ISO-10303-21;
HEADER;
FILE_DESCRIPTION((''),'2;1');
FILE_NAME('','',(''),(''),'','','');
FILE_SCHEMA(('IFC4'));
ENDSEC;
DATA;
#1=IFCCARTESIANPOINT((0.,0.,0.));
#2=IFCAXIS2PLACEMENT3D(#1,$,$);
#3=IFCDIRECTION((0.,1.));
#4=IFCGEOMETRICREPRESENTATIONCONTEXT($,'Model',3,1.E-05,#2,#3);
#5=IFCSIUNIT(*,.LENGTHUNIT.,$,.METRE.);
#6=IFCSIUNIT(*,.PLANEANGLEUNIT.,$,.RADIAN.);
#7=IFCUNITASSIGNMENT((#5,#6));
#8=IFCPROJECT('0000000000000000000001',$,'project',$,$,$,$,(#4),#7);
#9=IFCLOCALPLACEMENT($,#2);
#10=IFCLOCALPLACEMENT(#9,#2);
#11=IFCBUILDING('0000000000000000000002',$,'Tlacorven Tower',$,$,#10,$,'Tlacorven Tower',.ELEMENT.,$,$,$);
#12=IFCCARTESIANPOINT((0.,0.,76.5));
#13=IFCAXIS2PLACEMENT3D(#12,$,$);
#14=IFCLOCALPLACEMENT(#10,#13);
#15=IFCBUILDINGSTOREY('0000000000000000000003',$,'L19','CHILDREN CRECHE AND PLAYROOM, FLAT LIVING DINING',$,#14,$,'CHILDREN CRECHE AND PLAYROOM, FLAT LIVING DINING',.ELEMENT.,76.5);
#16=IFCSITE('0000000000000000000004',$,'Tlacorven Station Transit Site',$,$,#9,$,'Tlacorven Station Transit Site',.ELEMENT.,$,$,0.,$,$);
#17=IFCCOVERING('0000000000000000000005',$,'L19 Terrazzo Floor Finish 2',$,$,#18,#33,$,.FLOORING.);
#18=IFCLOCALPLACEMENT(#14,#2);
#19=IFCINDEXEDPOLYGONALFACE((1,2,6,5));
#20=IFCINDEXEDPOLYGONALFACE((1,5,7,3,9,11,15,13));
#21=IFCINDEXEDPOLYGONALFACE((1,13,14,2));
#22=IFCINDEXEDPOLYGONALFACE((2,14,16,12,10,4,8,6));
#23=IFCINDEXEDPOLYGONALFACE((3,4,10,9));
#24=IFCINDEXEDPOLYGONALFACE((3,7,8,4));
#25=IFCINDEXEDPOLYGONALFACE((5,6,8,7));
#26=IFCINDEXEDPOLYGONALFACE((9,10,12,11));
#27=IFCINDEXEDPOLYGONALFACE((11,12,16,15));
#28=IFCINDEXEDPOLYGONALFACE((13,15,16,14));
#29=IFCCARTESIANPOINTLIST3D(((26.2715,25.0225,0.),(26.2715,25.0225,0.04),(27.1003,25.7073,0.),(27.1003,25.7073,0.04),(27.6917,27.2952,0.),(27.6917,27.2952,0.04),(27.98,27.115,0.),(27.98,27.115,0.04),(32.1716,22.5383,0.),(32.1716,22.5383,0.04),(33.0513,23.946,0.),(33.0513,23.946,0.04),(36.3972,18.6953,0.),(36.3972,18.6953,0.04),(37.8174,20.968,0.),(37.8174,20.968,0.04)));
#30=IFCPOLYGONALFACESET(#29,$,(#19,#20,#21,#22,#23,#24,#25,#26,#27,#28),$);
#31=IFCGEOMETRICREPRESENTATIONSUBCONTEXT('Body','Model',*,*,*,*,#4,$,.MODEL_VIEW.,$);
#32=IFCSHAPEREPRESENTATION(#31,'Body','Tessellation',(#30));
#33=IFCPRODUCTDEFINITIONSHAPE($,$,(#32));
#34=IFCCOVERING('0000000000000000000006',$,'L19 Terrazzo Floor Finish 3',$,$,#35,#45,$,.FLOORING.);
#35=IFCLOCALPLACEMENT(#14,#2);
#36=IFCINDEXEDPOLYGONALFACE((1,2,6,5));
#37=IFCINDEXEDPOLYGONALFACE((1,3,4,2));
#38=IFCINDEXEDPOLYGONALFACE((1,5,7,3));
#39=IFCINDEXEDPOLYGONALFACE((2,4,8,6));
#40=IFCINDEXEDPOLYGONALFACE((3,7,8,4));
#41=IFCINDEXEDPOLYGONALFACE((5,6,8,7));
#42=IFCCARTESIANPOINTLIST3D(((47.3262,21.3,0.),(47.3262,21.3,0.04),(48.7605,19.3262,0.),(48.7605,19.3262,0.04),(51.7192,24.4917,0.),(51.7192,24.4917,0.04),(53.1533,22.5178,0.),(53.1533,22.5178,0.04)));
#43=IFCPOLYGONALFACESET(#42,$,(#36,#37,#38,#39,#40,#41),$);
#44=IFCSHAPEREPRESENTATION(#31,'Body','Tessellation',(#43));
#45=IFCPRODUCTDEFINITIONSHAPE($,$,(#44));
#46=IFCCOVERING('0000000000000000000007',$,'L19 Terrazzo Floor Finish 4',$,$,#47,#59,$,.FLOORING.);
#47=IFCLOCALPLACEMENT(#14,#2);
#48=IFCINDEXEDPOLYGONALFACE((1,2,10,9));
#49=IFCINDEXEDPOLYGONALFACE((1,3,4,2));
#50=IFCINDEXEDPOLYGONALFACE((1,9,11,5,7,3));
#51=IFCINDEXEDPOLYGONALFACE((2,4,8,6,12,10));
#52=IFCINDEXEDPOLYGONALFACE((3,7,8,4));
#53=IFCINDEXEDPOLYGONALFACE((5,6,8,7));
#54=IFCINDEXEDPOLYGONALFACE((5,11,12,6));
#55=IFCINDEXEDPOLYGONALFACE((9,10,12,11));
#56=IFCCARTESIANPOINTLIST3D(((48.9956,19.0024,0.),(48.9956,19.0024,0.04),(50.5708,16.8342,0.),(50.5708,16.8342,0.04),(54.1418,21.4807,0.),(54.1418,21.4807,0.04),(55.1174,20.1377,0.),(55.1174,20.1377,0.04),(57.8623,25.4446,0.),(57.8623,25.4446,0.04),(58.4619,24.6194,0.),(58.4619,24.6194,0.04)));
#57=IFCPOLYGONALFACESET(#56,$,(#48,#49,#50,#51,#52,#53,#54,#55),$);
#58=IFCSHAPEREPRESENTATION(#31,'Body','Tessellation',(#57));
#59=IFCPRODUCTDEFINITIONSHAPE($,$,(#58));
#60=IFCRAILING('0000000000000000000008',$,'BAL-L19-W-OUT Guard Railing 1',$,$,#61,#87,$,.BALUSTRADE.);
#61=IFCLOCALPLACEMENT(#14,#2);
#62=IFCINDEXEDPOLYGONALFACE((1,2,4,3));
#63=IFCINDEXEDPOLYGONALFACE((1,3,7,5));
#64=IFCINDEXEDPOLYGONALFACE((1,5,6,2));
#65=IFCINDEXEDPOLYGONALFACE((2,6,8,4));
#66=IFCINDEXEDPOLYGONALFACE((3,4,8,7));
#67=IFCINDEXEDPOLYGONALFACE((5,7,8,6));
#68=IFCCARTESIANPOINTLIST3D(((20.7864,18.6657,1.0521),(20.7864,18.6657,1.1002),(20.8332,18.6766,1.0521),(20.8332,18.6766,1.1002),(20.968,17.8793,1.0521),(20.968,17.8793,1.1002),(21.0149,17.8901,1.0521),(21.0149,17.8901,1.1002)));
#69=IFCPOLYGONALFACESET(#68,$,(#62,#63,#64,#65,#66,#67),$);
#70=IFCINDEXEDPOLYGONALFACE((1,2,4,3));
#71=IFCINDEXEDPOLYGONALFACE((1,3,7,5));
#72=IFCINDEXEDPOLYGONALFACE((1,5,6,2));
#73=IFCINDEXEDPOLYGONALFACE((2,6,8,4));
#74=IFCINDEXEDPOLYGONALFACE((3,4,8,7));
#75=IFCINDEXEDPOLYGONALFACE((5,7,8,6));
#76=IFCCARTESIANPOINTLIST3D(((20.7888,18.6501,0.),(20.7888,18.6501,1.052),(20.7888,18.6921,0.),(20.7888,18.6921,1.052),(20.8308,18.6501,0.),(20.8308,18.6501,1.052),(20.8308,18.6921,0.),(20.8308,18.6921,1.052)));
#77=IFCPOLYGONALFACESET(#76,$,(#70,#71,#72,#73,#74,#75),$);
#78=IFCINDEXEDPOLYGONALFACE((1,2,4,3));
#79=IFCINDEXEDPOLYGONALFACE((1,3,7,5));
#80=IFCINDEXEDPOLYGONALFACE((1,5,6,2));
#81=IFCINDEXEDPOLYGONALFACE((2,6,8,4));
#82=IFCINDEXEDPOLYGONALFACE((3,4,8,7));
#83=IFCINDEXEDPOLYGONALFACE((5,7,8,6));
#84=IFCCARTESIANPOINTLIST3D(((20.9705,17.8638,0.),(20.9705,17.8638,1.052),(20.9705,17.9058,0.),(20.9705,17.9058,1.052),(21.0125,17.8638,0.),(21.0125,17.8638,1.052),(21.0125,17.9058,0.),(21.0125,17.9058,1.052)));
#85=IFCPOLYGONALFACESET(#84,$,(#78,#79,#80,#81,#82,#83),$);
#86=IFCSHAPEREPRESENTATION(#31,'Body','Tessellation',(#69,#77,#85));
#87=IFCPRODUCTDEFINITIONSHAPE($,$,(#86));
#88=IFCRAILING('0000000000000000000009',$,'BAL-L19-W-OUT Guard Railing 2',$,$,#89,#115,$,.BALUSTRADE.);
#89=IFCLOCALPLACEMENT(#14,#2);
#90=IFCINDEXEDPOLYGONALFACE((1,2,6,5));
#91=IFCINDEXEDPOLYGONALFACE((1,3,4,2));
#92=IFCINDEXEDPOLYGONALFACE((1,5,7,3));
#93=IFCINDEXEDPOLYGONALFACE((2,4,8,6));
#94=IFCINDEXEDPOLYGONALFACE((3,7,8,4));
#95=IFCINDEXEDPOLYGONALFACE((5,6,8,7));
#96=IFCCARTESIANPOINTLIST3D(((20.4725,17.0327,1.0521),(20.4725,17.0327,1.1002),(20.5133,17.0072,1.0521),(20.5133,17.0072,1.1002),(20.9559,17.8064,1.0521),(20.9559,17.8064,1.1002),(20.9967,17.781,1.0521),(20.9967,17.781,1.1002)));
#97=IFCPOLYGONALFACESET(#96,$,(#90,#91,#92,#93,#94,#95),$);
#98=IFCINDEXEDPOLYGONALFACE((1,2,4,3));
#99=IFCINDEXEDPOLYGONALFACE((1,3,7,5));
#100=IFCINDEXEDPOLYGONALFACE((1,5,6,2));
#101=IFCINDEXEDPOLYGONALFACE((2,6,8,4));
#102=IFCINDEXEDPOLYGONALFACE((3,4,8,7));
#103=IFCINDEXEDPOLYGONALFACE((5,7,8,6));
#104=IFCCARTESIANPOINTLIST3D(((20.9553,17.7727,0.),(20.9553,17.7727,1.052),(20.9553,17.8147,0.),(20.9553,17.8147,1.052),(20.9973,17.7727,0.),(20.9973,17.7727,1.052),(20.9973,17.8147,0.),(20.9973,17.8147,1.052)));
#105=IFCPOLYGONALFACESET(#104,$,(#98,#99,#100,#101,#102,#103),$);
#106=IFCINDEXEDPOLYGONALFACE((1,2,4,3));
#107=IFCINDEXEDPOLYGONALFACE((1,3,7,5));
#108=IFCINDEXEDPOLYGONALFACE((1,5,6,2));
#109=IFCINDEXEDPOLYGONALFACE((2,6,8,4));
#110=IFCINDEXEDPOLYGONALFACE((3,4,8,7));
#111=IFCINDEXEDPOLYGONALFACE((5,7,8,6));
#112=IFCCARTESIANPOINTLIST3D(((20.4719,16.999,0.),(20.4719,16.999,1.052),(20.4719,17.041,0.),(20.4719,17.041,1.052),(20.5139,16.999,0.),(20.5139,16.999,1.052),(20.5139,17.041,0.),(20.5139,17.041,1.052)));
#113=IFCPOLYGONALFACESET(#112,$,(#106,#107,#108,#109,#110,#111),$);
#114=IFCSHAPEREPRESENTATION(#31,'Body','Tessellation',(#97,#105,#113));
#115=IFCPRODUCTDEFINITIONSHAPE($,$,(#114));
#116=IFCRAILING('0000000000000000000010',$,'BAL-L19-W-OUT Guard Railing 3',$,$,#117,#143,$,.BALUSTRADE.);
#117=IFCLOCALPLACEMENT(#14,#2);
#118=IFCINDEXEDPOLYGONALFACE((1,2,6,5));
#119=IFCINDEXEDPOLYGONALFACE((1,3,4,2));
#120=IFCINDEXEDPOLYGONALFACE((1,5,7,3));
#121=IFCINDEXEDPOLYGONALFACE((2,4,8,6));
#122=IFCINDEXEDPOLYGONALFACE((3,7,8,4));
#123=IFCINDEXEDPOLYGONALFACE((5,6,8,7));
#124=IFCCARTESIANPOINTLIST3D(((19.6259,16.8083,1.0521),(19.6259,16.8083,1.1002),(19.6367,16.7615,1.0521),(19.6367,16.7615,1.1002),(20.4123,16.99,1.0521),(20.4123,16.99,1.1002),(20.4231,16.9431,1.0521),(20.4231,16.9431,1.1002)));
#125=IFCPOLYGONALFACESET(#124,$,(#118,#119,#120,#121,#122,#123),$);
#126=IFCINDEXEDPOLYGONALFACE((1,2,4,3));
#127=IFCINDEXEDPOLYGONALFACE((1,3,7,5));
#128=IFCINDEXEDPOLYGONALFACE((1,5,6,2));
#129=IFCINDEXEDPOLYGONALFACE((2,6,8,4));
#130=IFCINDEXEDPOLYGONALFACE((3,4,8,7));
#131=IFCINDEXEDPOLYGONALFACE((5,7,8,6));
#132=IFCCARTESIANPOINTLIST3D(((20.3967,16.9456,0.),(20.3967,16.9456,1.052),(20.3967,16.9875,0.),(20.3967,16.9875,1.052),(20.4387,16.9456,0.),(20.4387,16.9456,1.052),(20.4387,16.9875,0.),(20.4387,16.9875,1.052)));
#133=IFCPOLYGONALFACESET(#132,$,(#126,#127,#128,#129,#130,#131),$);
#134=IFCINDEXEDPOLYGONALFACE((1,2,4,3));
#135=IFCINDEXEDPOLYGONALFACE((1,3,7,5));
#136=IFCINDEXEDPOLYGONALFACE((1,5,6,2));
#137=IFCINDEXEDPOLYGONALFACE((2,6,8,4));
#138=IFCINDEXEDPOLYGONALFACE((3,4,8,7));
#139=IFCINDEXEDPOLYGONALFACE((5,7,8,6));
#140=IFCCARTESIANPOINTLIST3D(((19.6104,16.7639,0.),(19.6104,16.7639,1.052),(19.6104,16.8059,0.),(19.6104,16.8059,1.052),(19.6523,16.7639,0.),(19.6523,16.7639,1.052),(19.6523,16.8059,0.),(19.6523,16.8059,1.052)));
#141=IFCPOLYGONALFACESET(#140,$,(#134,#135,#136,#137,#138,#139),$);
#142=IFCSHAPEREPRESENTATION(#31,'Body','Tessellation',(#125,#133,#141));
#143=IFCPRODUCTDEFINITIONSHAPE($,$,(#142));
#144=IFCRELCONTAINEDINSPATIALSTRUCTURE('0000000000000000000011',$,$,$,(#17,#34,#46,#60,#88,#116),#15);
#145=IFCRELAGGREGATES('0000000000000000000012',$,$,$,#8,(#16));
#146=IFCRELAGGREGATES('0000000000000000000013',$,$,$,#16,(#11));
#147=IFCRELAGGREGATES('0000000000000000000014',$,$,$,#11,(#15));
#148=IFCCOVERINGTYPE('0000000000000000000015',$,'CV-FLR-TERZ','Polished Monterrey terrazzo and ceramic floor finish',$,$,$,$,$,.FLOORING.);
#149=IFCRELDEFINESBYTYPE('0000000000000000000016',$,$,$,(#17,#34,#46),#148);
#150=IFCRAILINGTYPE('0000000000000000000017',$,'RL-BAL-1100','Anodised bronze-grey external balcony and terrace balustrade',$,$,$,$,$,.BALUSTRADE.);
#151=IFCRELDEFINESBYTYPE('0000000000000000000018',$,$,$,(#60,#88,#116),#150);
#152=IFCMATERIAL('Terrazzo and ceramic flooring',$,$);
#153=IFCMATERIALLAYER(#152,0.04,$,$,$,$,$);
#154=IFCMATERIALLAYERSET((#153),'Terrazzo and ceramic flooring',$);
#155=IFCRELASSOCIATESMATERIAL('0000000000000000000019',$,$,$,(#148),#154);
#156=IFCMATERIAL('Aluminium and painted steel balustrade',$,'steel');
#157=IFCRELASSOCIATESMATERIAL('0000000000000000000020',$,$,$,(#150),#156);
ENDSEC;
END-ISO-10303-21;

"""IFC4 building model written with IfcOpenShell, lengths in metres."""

from ifc_helpers import new_model, si_unit, direction, frame, origin, origin_2d, place, context, subcontext, project, spatial, polyline, rectangle, outline, extrude, source, transform, mapped, material, layer, layer_set, type_object, element, save


model = new_model("IFC4")

# Units and contexts
model_context = context("Model", 3, precision=1e-05, world=origin(), true_north=direction((0.0, 1.0)))
body_context = subcontext(model_context, "Body", "Model", "MODEL_VIEW")
ifc_project = project(units=[si_unit("LENGTHUNIT", "METRE"), si_unit("PLANEANGLEUNIT", "RADIAN")], contexts=[model_context])

# Site, building, storey
site_placement = place(None, origin())
site = spatial("IfcSite", under=ifc_project, at=site_placement, Name="Tlacorven Station Transit Site", LongName="Tlacorven Station Transit Site", CompositionType="ELEMENT", RefElevation=0.0)
building_placement = place(site_placement, origin())
building = spatial("IfcBuilding", under=site, at=building_placement, Name="Tlacorven Tower", LongName="Tlacorven Tower", CompositionType="ELEMENT")
storey_placement = place(building_placement, frame((0.0, 0.0, 76.5)))
storey = spatial("IfcBuildingStorey", under=building, at=storey_placement, Name="L19", Description="CHILDREN CRECHE AND PLAYROOM, FLAT LIVING DINING", LongName="CHILDREN CRECHE AND PLAYROOM, FLAT LIVING DINING", CompositionType="ELEMENT", Elevation=76.5)

# Coverings
ifc_material_1 = material(Name="Terrazzo and ceramic flooring")
ifc_layer_1 = layer(ifc_material_1, 0.04)
ifc_layer_set_1 = layer_set([ifc_layer_1], Name="Terrazzo and ceramic flooring")
covering_type_1 = type_object("IfcCoveringType", Name="CV-FLR-TERZ", Description="Polished Monterrey terrazzo and ceramic floor finish", PredefinedType="FLOORING", material=ifc_layer_set_1)
covering_1_placement = place(storey_placement, origin())
element("IfcCovering", 1, at=covering_1_placement, inside=storey, type_object=covering_type_1, Name="L19 Terrazzo Floor Finish 2", PredefinedType="FLOORING", context=body_context, shape_type="SweptSolid", body=[
    extrude(outline(polyline([(37.8174, 20.968), (36.3972, 18.6953), (26.2715, 25.0225), (27.6917, 27.2952), (27.98, 27.115), (27.1003, 25.7073), (32.1716, 22.5383), (33.0513, 23.946), (37.8174, 20.968)])), origin(), (0.0, 0.0, 1.0), 0.04),
])
covering_2_placement = place(storey_placement, origin())
element("IfcCovering", 2, at=covering_2_placement, inside=storey, type_object=covering_type_1, Name="L19 Terrazzo Floor Finish 3", PredefinedType="FLOORING", context=body_context, shape_type="SweptSolid", body=[
    extrude(outline(polyline([(48.7605, 19.3262), (47.3262, 21.3), (51.7192, 24.4917), (53.1533, 22.5178), (48.7605, 19.3262)])), origin(), (0.0, 0.0, 1.0), 0.04),
])
covering_3_placement = place(storey_placement, origin())
element("IfcCovering", 3, at=covering_3_placement, inside=storey, type_object=covering_type_1, Name="L19 Terrazzo Floor Finish 4", PredefinedType="FLOORING", context=body_context, shape_type="SweptSolid", body=[
    extrude(outline(polyline([(50.5708, 16.8342), (48.9956, 19.0024), (57.8623, 25.4446), (58.4619, 24.6194), (54.1418, 21.4807), (55.1174, 20.1377), (50.5708, 16.8342)])), origin(), (0.0, 0.0, 1.0), 0.04),
])

# Railings
ifc_material_2 = material(Name="Aluminium and painted steel balustrade", Category="steel")
railing_type = type_object("IfcRailingType", Name="RL-BAL-1100", Description="Anodised bronze-grey external balcony and terrace balustrade", PredefinedType="BALUSTRADE", material=ifc_material_2)
shared_shape_1 = source(origin(), body_context, "Body", "SweptSolid", [
    extrude(rectangle(XDim=0.0481, YDim=0.0481, at=origin_2d()), frame((0.0, 0.0, 1.0762), z_axis=(0.225058, -0.974345, 0.0), x_axis=(0.974345, 0.225058, 0.0)), (0.0, 0.0, 1.0), 0.8071),
    extrude(rectangle(XDim=0.042, YDim=0.042, at=origin_2d()), origin(), (0.0, 0.0, 1.0), 1.052),
    extrude(rectangle(XDim=0.042, YDim=0.042, at=origin_2d()), frame((0.1816, -0.7864, 0.0)), (0.0, 0.0, 1.0), 1.052),
])
railing_1_placement = place(storey_placement, frame((20.8098, 18.6711, 0.0)))
element("IfcRailing", 4, at=railing_1_placement, inside=storey, type_object=railing_type, Name="BAL-L19-W-OUT Guard Railing 1", PredefinedType="BALUSTRADE", context=body_context, shape_type="MappedRepresentation", body=[
    mapped(shared_shape_1, transform((0.0, 0.0, 0.0), scale=1.0)),
])
shared_shape_2 = source(origin(), body_context, "Body", "SweptSolid", [
    extrude(rectangle(XDim=0.0481, YDim=0.0481, at=origin_2d()), frame((0.0, 0.0, 1.0762), z_axis=(-0.529879, -0.848073, 0.0), x_axis=(0.848073, -0.529879, 0.0)), (0.0, 0.0, 1.0), 0.9124),
    extrude(rectangle(XDim=0.042, YDim=0.042, at=origin_2d()), origin(), (0.0, 0.0, 1.0), 1.052),
    extrude(rectangle(XDim=0.042, YDim=0.042, at=origin_2d()), frame((-0.4834, -0.7737, 0.0)), (0.0, 0.0, 1.0), 1.052),
])
railing_2_placement = place(storey_placement, frame((20.9763, 17.7937, 0.0)))
element("IfcRailing", 5, at=railing_2_placement, inside=storey, type_object=railing_type, Name="BAL-L19-W-OUT Guard Railing 2", PredefinedType="BALUSTRADE", context=body_context, shape_type="MappedRepresentation", body=[
    mapped(shared_shape_2, transform((0.0, 0.0, 0.0), scale=1.0)),
])
shared_shape_3 = source(origin(), body_context, "Body", "SweptSolid", [
    extrude(rectangle(XDim=0.0481, YDim=0.0481, at=origin_2d()), frame((0.0, 0.0, 1.0762), z_axis=(-0.974345, -0.225058, 0.0), x_axis=(0.225058, -0.974345, 0.0)), (0.0, 0.0, 1.0), 0.8071),
    extrude(rectangle(XDim=0.042, YDim=0.042, at=origin_2d()), origin(), (0.0, 0.0, 1.0), 1.052),
    extrude(rectangle(XDim=0.042, YDim=0.042, at=origin_2d()), frame((-0.7864, -0.1816, 0.0)), (0.0, 0.0, 1.0), 1.052),
])
railing_3_placement = place(storey_placement, frame((20.4177, 16.9666, 0.0)))
element("IfcRailing", 6, at=railing_3_placement, inside=storey, type_object=railing_type, Name="BAL-L19-W-OUT Guard Railing 3", PredefinedType="BALUSTRADE", context=body_context, shape_type="MappedRepresentation", body=[
    mapped(shared_shape_3, transform((0.0, 0.0, 0.0), scale=1.0)),
])

save(model, "model.ifc")
